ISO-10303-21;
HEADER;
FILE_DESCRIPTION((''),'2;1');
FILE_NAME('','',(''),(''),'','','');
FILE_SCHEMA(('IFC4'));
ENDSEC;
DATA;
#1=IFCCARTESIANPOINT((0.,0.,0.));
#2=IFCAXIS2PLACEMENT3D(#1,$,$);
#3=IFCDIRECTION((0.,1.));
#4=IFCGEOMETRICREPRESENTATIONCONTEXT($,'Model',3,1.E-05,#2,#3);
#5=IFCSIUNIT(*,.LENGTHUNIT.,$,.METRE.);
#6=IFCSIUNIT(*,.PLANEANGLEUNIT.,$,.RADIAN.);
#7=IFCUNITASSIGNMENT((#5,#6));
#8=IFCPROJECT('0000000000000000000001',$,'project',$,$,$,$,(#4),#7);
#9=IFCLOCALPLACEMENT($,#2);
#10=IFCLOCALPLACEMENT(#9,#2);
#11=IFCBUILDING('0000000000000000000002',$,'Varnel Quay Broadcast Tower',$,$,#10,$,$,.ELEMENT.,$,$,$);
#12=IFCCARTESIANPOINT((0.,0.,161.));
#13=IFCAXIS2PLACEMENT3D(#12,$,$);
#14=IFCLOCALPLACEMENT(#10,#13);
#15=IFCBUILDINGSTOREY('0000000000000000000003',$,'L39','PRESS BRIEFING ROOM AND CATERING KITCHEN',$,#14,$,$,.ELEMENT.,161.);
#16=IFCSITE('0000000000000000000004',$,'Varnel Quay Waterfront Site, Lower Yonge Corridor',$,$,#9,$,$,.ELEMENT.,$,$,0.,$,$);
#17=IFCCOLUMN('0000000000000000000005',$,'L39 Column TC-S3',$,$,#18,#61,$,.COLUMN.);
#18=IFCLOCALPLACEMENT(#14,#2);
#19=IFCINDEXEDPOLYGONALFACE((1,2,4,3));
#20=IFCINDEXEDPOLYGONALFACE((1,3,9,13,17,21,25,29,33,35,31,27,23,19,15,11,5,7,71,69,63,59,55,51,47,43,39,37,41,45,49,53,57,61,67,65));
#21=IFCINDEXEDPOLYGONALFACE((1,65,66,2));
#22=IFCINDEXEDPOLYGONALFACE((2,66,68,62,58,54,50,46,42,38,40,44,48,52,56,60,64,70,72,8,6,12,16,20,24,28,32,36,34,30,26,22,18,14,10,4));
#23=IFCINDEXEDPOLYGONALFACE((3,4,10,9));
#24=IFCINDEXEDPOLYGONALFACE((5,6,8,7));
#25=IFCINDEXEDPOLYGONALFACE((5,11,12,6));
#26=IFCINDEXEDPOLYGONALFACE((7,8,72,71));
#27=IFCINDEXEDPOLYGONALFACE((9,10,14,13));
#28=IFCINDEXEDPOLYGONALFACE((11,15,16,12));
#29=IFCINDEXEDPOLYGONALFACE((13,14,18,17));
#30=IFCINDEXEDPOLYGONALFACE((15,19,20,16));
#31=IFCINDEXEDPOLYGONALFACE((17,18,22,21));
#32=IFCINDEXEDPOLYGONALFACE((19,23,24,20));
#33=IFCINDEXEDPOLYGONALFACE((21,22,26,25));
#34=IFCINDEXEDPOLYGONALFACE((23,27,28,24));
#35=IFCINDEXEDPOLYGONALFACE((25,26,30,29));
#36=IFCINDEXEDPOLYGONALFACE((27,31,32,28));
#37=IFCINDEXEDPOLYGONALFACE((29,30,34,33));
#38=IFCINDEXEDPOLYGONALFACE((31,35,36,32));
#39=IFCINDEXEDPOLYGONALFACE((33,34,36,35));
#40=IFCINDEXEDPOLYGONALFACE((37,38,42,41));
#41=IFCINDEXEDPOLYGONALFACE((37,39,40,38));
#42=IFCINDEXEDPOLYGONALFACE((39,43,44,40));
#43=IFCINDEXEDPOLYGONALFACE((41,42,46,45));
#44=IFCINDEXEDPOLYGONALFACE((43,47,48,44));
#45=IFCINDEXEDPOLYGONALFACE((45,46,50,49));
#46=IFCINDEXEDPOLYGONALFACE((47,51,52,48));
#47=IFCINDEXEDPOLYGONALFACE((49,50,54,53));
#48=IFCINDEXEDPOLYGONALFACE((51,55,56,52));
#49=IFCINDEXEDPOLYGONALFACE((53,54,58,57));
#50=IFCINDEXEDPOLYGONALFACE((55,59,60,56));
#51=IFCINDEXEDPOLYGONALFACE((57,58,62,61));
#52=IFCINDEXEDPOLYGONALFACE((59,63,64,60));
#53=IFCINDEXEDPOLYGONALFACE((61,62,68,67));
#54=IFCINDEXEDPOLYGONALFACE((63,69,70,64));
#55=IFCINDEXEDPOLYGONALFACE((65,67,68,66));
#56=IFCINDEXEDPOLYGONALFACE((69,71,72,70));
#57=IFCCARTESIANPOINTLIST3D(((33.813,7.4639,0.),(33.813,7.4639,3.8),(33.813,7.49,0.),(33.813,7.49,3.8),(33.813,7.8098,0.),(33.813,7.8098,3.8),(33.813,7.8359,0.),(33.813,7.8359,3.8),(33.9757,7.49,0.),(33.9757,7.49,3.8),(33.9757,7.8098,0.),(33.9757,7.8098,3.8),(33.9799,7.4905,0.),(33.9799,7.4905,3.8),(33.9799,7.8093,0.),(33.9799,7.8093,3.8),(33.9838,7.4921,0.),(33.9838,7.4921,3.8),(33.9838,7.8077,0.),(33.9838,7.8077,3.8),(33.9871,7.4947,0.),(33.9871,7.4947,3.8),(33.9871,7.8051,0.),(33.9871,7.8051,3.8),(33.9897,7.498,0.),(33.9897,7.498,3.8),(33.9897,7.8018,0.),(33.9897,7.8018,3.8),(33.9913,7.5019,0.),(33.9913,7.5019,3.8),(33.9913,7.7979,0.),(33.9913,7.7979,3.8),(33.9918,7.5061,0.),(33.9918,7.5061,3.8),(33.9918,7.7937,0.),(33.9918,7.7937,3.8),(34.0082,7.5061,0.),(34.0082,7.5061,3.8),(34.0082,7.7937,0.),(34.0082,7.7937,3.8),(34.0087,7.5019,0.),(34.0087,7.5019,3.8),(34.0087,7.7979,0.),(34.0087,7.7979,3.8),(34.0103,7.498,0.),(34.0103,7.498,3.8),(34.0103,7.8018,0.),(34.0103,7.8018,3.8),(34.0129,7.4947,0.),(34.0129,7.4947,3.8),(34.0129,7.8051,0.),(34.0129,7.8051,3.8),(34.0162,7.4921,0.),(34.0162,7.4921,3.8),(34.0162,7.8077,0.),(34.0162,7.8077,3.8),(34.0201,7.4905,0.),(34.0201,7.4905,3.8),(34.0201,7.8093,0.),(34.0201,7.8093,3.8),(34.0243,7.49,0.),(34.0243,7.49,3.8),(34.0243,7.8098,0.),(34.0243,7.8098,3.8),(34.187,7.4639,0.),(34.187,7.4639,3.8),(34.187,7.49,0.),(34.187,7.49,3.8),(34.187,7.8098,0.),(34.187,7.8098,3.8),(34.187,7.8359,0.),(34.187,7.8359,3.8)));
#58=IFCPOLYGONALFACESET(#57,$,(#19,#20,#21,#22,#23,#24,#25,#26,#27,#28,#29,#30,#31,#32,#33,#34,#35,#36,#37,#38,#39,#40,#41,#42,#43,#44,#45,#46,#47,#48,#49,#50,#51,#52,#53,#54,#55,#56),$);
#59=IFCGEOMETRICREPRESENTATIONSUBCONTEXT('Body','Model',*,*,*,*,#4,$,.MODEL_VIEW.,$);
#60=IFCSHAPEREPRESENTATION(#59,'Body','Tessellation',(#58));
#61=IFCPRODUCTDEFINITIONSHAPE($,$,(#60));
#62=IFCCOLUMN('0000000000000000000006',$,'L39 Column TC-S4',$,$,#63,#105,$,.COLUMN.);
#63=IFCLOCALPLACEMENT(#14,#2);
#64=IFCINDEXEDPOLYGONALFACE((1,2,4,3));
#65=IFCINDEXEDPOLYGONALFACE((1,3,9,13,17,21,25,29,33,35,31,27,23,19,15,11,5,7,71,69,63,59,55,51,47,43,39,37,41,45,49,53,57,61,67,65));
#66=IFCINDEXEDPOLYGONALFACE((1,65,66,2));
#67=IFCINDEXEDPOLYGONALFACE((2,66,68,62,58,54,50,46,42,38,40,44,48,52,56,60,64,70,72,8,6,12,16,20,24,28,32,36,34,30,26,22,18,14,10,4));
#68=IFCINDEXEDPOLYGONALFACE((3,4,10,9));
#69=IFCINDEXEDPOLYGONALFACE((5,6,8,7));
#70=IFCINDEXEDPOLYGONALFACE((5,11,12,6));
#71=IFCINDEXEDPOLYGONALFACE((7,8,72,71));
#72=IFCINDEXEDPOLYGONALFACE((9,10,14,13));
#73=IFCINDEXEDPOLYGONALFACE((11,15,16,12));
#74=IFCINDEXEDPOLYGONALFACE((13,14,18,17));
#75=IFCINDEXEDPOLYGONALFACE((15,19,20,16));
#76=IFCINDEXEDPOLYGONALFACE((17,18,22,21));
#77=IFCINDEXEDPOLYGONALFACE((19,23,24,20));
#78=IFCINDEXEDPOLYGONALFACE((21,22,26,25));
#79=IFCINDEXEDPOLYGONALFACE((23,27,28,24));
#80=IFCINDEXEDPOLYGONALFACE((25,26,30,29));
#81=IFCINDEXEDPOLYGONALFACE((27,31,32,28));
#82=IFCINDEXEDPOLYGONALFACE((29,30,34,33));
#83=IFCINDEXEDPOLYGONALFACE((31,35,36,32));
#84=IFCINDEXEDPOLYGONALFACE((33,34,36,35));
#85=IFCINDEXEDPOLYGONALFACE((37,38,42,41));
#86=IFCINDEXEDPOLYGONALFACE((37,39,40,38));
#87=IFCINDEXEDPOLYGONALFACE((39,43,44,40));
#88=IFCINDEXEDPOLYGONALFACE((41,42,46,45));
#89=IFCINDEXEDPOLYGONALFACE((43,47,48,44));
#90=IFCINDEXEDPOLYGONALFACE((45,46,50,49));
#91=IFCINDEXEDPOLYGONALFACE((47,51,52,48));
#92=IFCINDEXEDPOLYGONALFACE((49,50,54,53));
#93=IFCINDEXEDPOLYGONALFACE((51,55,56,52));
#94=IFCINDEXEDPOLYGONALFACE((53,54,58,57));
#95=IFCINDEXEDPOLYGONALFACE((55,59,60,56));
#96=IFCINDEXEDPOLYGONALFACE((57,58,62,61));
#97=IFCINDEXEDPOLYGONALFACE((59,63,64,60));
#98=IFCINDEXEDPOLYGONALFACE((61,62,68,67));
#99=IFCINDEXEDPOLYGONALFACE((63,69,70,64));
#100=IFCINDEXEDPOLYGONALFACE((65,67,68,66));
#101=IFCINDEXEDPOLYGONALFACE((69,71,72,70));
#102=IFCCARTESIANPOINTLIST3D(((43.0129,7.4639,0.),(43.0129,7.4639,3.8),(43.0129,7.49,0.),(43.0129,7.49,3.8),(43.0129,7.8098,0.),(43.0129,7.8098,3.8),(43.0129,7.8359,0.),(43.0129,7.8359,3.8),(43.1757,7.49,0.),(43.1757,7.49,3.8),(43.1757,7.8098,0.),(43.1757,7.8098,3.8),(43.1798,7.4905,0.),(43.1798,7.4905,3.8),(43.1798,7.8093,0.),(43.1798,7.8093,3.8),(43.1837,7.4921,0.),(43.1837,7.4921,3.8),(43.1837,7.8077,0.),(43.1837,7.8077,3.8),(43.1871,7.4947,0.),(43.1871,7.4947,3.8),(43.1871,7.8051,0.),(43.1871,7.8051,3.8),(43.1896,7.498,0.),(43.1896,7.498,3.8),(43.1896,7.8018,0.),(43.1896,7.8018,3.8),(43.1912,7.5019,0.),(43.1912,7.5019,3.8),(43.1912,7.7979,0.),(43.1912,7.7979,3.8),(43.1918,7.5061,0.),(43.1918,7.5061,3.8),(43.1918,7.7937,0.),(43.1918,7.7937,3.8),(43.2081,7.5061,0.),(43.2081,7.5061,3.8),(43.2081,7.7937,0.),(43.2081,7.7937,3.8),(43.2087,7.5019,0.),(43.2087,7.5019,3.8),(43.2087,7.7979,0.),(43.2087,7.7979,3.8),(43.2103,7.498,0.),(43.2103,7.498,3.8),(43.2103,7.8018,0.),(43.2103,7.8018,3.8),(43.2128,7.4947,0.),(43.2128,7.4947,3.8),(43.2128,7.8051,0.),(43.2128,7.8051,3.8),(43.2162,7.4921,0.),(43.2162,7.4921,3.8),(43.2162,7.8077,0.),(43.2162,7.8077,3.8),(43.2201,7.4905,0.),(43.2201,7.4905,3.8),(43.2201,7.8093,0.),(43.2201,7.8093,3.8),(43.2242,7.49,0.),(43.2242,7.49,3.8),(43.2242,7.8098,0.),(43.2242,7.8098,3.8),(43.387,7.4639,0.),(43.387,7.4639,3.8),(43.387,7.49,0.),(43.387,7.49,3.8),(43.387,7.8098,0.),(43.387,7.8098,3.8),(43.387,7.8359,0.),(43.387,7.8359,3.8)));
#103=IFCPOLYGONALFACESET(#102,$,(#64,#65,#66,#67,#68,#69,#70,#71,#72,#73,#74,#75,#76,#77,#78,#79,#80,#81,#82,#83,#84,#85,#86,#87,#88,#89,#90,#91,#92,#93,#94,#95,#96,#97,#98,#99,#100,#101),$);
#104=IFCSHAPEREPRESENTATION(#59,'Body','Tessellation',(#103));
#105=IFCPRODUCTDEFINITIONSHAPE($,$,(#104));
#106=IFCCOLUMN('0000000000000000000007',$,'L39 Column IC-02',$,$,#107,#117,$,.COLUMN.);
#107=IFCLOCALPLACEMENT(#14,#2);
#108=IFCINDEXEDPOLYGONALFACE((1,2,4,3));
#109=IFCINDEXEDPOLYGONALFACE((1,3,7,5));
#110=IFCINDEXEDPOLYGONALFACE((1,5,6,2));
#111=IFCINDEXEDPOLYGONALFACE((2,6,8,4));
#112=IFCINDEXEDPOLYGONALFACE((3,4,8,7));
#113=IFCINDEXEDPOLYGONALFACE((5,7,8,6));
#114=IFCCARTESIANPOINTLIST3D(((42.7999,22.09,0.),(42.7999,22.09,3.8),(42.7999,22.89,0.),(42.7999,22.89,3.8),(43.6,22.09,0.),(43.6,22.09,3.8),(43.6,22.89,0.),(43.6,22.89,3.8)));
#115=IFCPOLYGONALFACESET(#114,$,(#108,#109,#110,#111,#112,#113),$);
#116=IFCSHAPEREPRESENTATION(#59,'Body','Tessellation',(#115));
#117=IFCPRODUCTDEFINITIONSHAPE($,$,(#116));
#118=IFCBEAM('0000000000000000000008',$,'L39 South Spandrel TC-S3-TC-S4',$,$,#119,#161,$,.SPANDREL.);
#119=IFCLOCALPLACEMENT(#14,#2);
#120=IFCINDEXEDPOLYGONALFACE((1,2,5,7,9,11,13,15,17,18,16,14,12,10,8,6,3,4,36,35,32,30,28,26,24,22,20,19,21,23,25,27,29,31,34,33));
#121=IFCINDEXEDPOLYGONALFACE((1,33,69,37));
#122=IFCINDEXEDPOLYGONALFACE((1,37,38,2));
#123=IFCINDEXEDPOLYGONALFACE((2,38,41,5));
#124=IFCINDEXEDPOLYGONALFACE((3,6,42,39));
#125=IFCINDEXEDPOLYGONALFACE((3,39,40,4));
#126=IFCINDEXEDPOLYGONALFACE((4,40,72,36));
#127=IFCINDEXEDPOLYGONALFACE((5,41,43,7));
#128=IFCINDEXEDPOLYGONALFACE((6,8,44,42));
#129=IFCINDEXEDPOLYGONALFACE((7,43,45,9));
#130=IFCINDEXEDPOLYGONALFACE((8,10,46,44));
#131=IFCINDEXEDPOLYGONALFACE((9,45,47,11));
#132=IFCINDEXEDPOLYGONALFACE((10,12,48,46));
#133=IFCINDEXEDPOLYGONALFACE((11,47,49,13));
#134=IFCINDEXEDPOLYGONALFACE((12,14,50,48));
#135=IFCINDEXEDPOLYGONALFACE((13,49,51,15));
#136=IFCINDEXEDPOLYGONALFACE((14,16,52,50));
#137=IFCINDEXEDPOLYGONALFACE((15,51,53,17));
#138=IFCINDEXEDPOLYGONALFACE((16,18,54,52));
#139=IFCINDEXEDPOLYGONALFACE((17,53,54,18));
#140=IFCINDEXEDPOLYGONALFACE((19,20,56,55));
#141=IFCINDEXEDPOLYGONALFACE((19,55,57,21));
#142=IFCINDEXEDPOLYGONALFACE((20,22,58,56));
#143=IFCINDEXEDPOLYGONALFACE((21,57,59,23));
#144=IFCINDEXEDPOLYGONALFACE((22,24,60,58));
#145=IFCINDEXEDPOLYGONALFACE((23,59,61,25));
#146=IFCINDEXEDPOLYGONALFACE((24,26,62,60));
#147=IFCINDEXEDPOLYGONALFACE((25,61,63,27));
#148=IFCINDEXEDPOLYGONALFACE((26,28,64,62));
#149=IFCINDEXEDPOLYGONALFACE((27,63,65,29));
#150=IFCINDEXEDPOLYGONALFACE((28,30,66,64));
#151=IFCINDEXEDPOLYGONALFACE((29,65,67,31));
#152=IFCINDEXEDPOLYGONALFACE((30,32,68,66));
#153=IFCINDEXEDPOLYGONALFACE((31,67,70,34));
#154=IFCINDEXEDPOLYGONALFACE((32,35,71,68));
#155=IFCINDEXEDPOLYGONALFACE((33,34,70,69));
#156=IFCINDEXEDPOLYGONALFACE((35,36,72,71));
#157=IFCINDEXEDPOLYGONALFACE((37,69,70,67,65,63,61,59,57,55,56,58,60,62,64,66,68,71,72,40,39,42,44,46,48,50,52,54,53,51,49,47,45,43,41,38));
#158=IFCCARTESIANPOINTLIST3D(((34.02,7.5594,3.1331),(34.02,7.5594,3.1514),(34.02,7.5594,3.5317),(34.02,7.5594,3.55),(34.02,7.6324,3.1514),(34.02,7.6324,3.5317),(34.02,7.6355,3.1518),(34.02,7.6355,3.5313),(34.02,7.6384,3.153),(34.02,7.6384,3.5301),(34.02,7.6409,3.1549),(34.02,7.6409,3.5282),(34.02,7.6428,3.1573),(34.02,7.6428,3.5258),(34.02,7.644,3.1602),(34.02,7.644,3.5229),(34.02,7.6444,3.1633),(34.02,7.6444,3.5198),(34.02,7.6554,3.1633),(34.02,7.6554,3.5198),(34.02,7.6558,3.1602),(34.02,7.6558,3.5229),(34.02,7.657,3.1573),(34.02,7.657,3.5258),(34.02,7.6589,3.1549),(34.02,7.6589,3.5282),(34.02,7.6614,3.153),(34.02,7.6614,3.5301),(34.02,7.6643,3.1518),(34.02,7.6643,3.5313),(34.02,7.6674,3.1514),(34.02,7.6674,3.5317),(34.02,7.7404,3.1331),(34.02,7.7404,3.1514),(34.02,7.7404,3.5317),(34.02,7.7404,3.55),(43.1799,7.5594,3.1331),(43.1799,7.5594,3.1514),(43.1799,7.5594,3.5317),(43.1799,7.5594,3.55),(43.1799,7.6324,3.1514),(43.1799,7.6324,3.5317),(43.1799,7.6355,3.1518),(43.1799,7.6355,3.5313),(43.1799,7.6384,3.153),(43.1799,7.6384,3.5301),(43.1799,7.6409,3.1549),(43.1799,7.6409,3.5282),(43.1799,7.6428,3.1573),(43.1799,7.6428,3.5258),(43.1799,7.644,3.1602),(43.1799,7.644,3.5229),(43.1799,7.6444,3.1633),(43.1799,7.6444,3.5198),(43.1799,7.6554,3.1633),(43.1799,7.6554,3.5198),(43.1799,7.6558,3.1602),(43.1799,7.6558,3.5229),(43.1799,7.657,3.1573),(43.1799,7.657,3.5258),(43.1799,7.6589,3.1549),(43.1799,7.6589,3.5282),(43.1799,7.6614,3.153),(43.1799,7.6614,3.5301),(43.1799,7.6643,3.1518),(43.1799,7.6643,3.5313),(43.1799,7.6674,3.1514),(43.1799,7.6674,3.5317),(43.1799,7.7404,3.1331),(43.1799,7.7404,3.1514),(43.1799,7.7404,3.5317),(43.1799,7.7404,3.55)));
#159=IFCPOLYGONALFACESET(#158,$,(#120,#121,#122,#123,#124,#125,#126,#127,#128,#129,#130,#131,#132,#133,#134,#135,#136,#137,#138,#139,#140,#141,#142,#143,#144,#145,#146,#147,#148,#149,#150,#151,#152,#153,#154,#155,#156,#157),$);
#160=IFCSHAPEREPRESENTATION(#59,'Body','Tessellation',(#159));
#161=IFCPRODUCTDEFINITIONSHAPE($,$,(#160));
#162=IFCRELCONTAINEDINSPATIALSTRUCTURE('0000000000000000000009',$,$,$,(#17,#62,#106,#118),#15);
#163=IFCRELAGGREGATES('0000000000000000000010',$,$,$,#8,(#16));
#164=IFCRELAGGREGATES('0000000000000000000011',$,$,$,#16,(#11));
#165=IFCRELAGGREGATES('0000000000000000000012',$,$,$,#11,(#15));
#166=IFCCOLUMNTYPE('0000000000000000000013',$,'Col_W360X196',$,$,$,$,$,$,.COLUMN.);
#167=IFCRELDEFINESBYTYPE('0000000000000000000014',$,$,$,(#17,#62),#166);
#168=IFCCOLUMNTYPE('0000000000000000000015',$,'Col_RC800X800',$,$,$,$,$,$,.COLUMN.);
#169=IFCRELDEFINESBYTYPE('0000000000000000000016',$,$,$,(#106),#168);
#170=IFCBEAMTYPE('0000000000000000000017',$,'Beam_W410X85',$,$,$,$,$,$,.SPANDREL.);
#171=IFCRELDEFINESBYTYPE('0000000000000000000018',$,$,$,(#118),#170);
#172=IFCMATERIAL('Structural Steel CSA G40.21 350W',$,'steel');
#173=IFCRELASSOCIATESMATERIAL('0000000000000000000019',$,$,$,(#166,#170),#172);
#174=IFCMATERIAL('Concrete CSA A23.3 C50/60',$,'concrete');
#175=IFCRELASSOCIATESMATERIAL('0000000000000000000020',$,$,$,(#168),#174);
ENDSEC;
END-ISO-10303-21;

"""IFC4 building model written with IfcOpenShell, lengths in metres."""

from ifc_helpers import new_model, si_unit, direction, frame, origin, origin_2d, place, context, subcontext, project, spatial, rectangle, i_section, extrude, source, transform, mapped, material, material_profile, profile_set, type_object, type_shapes, element, save


model = new_model("IFC4")

# Units and contexts
model_context = context("Model", 3, precision=1e-05, world=origin(), true_north=direction((0.0, 1.0)))
body_context = subcontext(model_context, "Body", "Model", "MODEL_VIEW")
ifc_project = project(units=[si_unit("LENGTHUNIT", "METRE"), si_unit("PLANEANGLEUNIT", "RADIAN")], contexts=[model_context])

# Site, building, storey
site_placement = place(None, origin())
site = spatial("IfcSite", under=ifc_project, at=site_placement, Name="Varnel Quay Waterfront Site, Lower Yonge Corridor", CompositionType="ELEMENT", RefElevation=0.0)
building_placement = place(site_placement, origin())
building = spatial("IfcBuilding", under=site, at=building_placement, Name="Varnel Quay Broadcast Tower", CompositionType="ELEMENT")
storey_placement = place(building_placement, frame((0.0, 0.0, 161.0)))
storey = spatial("IfcBuildingStorey", under=building, at=storey_placement, Name="L39", Description="PRESS BRIEFING ROOM AND CATERING KITCHEN", CompositionType="ELEMENT", Elevation=161.0)

# Columns
ifc_material_1 = material(Name="Structural Steel CSA G40.21 350W", Category="steel")
ifc_material_profile_1 = material_profile(ifc_material_1, i_section(OverallWidth=0.374, OverallDepth=0.3721, WebThickness=0.0164, FlangeThickness=0.0261, FilletRadius=0.0161, at=origin_2d()), Name="W360X196")
ifc_profile_set_1 = profile_set([ifc_material_profile_1], Name="Structural Steel CSA G40.21 350W")
column_type_1 = type_object("IfcColumnType", Name="Col_W360X196", PredefinedType="COLUMN", material=ifc_profile_set_1)
shared_shape_1 = source(origin(), body_context, "Body", "SweptSolid", [
    extrude(i_section(OverallWidth=0.374, OverallDepth=0.3721, WebThickness=0.0164, FlangeThickness=0.0261, FilletRadius=0.0161, at=origin_2d()), origin(), (0.0, 0.0, 1.0), 3.8),
])
type_shapes(column_type_1, [shared_shape_1])
for number, where, z_axis, x_axis, name in (
    (1, (34.0, 7.6499, 0.0), (0.0, 0.0, 1.0), (1.0, 0.0, 0.0), "L39 Column TC-S3"),
    (2, (43.2, 7.6499, 0.0), (0.0, 0.0, 1.0), (1.0, 0.0, 0.0), "L39 Column TC-S4"),
):
    element("IfcColumn", number, at=place(storey_placement, frame(where, z_axis=z_axis, x_axis=x_axis)), inside=storey, type_object=column_type_1, Name=name, PredefinedType="COLUMN", context=body_context, shape_type="MappedRepresentation", body=[
        mapped(shared_shape_1, transform((0.0, 0.0, 0.0), x_axis=(1.0, 0.0, 0.0), y_axis=(0.0, 1.0, 0.0), z_axis=(0.0, 0.0, 1.0), scale=1.0)),
    ])
ifc_material_2 = material(Name="Concrete CSA A23.3 C50/60", Category="concrete")
ifc_material_profile_2 = material_profile(ifc_material_2, rectangle(XDim=0.8, YDim=0.8, at=origin_2d()), Name="RC800X800")
ifc_profile_set_2 = profile_set([ifc_material_profile_2], Name="Concrete CSA A23.3 C50/60")
column_type_2 = type_object("IfcColumnType", Name="Col_RC800X800", PredefinedType="COLUMN", material=ifc_profile_set_2)
shared_shape_2 = source(origin(), body_context, "Body", "SweptSolid", [
    extrude(rectangle(XDim=0.8, YDim=0.8, at=origin_2d()), origin(), (0.0, 0.0, 1.0), 3.8),
])
type_shapes(column_type_2, [shared_shape_2])
column_placement = place(storey_placement, frame((43.2, 22.49, 0.0), z_axis=(0.0, 0.0, 1.0), x_axis=(1.0, 0.0, 0.0)))
element("IfcColumn", 3, at=column_placement, inside=storey, type_object=column_type_2, Name="L39 Column IC-02", PredefinedType="COLUMN", context=body_context, shape_type="MappedRepresentation", body=[
    mapped(shared_shape_2, transform((0.0, 0.0, 0.0), x_axis=(1.0, 0.0, 0.0), y_axis=(0.0, 1.0, 0.0), z_axis=(0.0, 0.0, 1.0), scale=1.0)),
])

# Beam
ifc_material_profile_3 = material_profile(ifc_material_1, i_section(OverallWidth=0.1809, OverallDepth=0.417, WebThickness=0.011, FlangeThickness=0.0183, FilletRadius=0.012, at=origin_2d()), Name="W410X85")
ifc_profile_set_3 = profile_set([ifc_material_profile_3], Name="Structural Steel CSA G40.21 350W")
beam_type_1 = type_object("IfcBeamType", Name="Beam_W410X85", PredefinedType="SPANDREL", material=ifc_profile_set_3)
shared_shape_3 = source(origin(), body_context, "Body", "SweptSolid", [
    extrude(i_section(OverallWidth=0.1809, OverallDepth=0.417, WebThickness=0.011, FlangeThickness=0.0183, FilletRadius=0.012, at=origin_2d()), origin(), (0.0, 0.0, 1.0), 9.1599),
])
type_shapes(beam_type_1, [shared_shape_3])
for number, where, z_axis, x_axis, name in (
    (4, (34.02, 7.6499, 3.3416), (1.0, 0.0, 0.0), (0.0, 1.0, 0.0), "L39 South Spandrel TC-S3-TC-S4"),
):
    element("IfcBeam", number, at=place(storey_placement, frame(where, z_axis=z_axis, x_axis=x_axis)), inside=storey, type_object=beam_type_1, Name=name, PredefinedType="SPANDREL", context=body_context, shape_type="MappedRepresentation", body=[
        mapped(shared_shape_3, transform((0.0, 0.0, 0.0), x_axis=(1.0, 0.0, 0.0), y_axis=(0.0, 1.0, 0.0), z_axis=(0.0, 0.0, 1.0), scale=1.0)),
    ])

save(model, "model.ifc")
